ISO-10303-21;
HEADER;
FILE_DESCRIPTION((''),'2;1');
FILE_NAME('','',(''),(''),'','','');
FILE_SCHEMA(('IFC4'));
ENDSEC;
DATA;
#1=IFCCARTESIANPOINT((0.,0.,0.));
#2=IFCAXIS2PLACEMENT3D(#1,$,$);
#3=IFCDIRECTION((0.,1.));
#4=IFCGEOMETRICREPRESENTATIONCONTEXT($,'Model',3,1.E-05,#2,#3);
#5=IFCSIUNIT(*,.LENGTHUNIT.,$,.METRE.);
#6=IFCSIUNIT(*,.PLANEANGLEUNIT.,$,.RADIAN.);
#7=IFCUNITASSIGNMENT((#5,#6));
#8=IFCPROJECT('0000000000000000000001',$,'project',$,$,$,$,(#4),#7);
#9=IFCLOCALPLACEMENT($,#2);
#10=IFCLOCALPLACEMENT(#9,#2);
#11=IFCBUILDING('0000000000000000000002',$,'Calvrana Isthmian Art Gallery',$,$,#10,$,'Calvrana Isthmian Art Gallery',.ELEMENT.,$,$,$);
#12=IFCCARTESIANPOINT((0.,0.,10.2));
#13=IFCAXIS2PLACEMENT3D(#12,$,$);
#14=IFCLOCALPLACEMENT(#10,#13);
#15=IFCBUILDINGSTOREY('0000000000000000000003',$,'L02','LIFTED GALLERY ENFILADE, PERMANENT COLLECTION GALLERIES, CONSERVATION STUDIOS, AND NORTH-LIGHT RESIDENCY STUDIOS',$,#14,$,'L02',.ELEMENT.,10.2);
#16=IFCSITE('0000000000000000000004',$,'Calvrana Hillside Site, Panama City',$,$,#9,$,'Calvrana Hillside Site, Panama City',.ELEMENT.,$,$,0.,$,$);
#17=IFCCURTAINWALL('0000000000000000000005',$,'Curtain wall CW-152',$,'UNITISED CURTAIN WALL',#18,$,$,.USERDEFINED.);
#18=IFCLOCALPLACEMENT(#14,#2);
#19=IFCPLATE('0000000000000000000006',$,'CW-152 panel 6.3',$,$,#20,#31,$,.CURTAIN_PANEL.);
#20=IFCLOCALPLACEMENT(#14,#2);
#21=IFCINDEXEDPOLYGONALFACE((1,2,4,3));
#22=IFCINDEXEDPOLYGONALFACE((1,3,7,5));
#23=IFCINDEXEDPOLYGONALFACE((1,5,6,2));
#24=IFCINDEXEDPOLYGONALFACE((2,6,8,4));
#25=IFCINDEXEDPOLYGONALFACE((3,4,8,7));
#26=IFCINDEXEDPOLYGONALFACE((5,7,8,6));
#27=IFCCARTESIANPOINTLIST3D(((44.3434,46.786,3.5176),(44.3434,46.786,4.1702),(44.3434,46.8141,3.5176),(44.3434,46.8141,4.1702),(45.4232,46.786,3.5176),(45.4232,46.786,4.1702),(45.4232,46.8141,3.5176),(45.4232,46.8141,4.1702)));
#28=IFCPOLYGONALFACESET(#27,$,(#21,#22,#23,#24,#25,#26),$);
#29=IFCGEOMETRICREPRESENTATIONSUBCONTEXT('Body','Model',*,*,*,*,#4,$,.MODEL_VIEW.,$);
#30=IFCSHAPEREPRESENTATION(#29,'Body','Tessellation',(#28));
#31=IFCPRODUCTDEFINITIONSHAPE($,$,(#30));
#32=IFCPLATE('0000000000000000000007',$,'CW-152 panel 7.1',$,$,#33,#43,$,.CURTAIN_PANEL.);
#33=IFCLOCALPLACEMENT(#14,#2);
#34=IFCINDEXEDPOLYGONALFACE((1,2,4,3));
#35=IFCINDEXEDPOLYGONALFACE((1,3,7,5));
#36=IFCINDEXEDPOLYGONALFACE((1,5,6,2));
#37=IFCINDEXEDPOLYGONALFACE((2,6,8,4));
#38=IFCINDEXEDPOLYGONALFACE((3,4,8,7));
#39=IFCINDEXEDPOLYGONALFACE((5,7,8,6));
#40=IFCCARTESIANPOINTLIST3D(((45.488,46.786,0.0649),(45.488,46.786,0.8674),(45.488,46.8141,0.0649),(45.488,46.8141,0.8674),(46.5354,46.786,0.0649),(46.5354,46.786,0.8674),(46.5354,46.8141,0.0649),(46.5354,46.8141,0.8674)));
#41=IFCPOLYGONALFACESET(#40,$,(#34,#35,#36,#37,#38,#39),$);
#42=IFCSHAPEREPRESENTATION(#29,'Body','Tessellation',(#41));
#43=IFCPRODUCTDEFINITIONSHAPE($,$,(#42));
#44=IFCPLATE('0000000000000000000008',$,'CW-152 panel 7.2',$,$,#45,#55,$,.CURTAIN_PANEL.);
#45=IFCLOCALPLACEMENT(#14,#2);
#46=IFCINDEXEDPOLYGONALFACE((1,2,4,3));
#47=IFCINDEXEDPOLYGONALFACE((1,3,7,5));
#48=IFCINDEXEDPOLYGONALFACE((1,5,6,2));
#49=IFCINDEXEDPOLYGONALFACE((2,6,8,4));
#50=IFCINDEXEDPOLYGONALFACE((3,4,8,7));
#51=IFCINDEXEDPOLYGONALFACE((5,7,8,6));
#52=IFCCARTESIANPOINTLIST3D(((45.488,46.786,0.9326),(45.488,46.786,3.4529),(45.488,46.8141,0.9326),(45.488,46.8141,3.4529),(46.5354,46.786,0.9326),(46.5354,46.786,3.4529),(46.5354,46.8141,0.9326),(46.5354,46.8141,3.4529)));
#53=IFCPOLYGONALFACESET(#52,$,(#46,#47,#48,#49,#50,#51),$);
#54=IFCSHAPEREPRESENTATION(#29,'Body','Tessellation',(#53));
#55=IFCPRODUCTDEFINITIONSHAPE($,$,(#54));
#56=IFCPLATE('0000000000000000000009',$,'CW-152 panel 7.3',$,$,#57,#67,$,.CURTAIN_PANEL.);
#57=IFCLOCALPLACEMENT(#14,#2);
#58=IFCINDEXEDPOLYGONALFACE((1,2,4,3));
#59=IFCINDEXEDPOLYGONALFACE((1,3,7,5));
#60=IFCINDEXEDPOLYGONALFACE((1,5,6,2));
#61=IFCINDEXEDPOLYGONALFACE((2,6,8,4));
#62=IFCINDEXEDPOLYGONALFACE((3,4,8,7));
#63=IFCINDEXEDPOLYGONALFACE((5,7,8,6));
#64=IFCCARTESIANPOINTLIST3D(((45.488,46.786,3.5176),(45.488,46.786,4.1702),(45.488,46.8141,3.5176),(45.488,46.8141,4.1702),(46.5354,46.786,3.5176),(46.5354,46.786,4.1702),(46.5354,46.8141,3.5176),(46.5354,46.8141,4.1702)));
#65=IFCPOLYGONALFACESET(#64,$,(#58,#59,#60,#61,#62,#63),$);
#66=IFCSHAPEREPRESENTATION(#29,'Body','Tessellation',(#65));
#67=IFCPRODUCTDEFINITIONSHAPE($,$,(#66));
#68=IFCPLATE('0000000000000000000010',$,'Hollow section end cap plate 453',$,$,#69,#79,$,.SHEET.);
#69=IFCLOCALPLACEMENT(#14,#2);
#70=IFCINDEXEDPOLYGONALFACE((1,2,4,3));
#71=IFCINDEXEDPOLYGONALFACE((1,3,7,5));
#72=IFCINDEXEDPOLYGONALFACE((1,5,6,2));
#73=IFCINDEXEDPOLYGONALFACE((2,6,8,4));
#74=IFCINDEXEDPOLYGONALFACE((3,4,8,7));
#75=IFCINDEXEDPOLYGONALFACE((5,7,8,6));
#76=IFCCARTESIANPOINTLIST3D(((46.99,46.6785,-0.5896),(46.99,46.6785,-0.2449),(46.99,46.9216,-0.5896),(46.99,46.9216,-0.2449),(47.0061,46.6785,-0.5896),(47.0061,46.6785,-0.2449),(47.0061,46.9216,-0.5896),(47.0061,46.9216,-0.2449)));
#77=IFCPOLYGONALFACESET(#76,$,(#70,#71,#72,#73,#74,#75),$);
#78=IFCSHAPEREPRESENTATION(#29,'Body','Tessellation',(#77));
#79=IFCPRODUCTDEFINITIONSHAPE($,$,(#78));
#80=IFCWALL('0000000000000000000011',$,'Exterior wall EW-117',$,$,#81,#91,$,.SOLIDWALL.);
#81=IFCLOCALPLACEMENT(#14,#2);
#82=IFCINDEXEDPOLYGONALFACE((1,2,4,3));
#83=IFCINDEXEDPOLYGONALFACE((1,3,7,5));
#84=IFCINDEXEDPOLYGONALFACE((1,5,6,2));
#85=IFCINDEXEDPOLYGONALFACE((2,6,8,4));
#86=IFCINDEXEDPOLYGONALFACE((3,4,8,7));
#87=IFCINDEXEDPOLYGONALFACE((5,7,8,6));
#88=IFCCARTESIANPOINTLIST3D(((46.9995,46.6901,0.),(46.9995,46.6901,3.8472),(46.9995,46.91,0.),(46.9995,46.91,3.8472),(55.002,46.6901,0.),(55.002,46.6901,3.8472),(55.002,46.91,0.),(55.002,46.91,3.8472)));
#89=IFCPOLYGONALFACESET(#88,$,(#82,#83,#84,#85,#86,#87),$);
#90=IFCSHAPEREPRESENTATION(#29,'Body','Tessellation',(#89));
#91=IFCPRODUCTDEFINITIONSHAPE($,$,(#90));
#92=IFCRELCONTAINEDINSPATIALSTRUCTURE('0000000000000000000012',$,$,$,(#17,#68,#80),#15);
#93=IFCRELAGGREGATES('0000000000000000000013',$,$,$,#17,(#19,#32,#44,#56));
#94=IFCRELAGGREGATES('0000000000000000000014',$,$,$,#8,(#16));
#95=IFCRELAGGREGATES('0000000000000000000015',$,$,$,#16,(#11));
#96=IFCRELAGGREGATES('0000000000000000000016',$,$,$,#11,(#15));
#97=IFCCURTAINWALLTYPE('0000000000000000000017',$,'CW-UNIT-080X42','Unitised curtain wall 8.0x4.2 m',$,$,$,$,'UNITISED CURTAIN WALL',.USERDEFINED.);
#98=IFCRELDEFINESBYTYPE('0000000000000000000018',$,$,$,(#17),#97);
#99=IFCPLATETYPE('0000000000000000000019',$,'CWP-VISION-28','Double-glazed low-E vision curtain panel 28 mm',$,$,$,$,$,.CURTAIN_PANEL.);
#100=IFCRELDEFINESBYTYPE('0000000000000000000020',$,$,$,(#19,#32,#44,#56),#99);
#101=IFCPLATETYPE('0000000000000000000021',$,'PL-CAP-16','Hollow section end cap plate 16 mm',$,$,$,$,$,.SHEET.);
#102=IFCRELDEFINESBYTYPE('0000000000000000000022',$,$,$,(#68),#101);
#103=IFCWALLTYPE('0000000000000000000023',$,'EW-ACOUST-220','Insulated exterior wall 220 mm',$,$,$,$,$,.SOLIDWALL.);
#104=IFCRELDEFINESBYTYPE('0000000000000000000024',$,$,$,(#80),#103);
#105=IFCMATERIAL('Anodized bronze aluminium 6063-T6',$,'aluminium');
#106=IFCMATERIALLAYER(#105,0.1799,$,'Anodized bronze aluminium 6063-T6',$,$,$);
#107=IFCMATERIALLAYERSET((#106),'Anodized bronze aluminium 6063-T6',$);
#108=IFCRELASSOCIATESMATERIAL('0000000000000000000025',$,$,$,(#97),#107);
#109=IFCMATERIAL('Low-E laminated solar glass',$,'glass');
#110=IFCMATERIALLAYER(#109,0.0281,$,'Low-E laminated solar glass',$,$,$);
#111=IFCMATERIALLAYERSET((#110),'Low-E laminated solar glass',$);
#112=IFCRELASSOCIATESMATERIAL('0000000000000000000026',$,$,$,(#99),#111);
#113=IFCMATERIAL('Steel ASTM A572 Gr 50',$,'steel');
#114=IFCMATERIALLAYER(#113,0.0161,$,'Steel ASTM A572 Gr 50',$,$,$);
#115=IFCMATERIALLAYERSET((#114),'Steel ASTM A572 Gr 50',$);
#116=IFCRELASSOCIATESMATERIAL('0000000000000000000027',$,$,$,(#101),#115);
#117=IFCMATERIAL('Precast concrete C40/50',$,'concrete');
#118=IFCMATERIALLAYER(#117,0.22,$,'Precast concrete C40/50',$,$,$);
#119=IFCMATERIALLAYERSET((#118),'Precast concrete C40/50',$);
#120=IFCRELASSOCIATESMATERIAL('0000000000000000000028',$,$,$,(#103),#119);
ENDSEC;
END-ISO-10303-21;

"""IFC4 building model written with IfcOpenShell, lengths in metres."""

from ifc_helpers import new_model, si_unit, direction, frame, frame_2d, origin, origin_2d, place, context, subcontext, project, spatial, rectangle, extrude, material, layer, layer_set, type_object, element, aggregate, save


model = new_model("IFC4")

# Units and contexts
model_context = context("Model", 3, precision=1e-05, world=origin(), true_north=direction((0.0, 1.0)))
body_context = subcontext(model_context, "Body", "Model", "MODEL_VIEW")
ifc_project = project(units=[si_unit("LENGTHUNIT", "METRE"), si_unit("PLANEANGLEUNIT", "RADIAN")], contexts=[model_context])

# Site, building, storey
site_placement = place(None, origin())
site = spatial("IfcSite", under=ifc_project, at=site_placement, Name="Calvrana Hillside Site, Panama City", LongName="Calvrana Hillside Site, Panama City", CompositionType="ELEMENT", RefElevation=0.0)
building_placement = place(site_placement, origin())
building = spatial("IfcBuilding", under=site, at=building_placement, Name="Calvrana Isthmian Art Gallery", LongName="Calvrana Isthmian Art Gallery", CompositionType="ELEMENT")
storey_placement = place(building_placement, frame((0.0, 0.0, 10.2)))
storey = spatial("IfcBuildingStorey", under=building, at=storey_placement, Name="L02", Description="LIFTED GALLERY ENFILADE, PERMANENT COLLECTION GALLERIES, CONSERVATION STUDIOS, AND NORTH-LIGHT RESIDENCY STUDIOS", LongName="L02", CompositionType="ELEMENT", Elevation=10.2)

# Curtain wall
ifc_material_1 = material(Name="Anodized bronze aluminium 6063-T6", Category="aluminium")
ifc_layer_1 = layer(ifc_material_1, 0.1799, Name="Anodized bronze aluminium 6063-T6")
ifc_layer_set_1 = layer_set([ifc_layer_1], Name="Anodized bronze aluminium 6063-T6")
curtain_wall_type = type_object("IfcCurtainWallType", Name="CW-UNIT-080X42", Description="Unitised curtain wall 8.0x4.2 m", ElementType="UNITISED CURTAIN WALL", PredefinedType="USERDEFINED", material=ifc_layer_set_1)
curtain_wall_placement = place(storey_placement, origin())
curtain_wall = element("IfcCurtainWall", 1, at=curtain_wall_placement, inside=storey, type_object=curtain_wall_type, Name="Curtain wall CW-152", ObjectType="UNITISED CURTAIN WALL", PredefinedType="USERDEFINED")

# Plates
ifc_material_2 = material(Name="Low-E laminated solar glass", Category="glass")
ifc_layer_2 = layer(ifc_material_2, 0.0281, Name="Low-E laminated solar glass")
ifc_layer_set_2 = layer_set([ifc_layer_2], Name="Low-E laminated solar glass")
plate_type_1 = type_object("IfcPlateType", Name="CWP-VISION-28", Description="Double-glazed low-E vision curtain panel 28 mm", PredefinedType="CURTAIN_PANEL", material=ifc_layer_set_2)
plate_1_placement = place(storey_placement, frame((44.8833, 46.8, 3.5176), z_axis=(0.0, 0.0, 1.0), x_axis=(1.0, 0.0, 0.0)))
plate_1 = element("IfcPlate", 2, at=plate_1_placement, type_object=plate_type_1, Name="CW-152 panel 6.3", PredefinedType="CURTAIN_PANEL", context=body_context, shape_type="SweptSolid", body=[
    extrude(rectangle(XDim=1.0798, YDim=0.0281, at=origin_2d()), origin(), (0.0, 0.0, 1.0), 0.6526),
])
plate_2_placement = place(storey_placement, frame((46.0117, 46.8, 0.0649), z_axis=(0.0, 0.0, 1.0), x_axis=(1.0, 0.0, 0.0)))
plate_2 = element("IfcPlate", 3, at=plate_2_placement, type_object=plate_type_1, Name="CW-152 panel 7.1", PredefinedType="CURTAIN_PANEL", context=body_context, shape_type="SweptSolid", body=[
    extrude(rectangle(XDim=1.0474, YDim=0.0281, at=origin_2d()), origin(), (0.0, 0.0, 1.0), 0.8025),
])
plate_3_placement = place(storey_placement, frame((46.0117, 46.8, 0.9326), z_axis=(0.0, 0.0, 1.0), x_axis=(1.0, 0.0, 0.0)))
plate_3 = element("IfcPlate", 4, at=plate_3_placement, type_object=plate_type_1, Name="CW-152 panel 7.2", PredefinedType="CURTAIN_PANEL", context=body_context, shape_type="SweptSolid", body=[
    extrude(rectangle(XDim=1.0474, YDim=0.0281, at=origin_2d()), origin(), (0.0, 0.0, 1.0), 2.5203),
])
plate_4_placement = place(storey_placement, frame((46.0117, 46.8, 3.5176), z_axis=(0.0, 0.0, 1.0), x_axis=(1.0, 0.0, 0.0)))
plate_4 = element("IfcPlate", 5, at=plate_4_placement, type_object=plate_type_1, Name="CW-152 panel 7.3", PredefinedType="CURTAIN_PANEL", context=body_context, shape_type="SweptSolid", body=[
    extrude(rectangle(XDim=1.0474, YDim=0.0281, at=origin_2d()), origin(), (0.0, 0.0, 1.0), 0.6526),
])
aggregate(curtain_wall, [plate_1, plate_2, plate_3, plate_4])
ifc_material_3 = material(Name="Steel ASTM A572 Gr 50", Category="steel")
ifc_layer_3 = layer(ifc_material_3, 0.0161, Name="Steel ASTM A572 Gr 50")
ifc_layer_set_3 = layer_set([ifc_layer_3], Name="Steel ASTM A572 Gr 50")
plate_type_2 = type_object("IfcPlateType", Name="PL-CAP-16", Description="Hollow section end cap plate 16 mm", PredefinedType="SHEET", material=ifc_layer_set_3)
plate_5_placement = place(storey_placement, frame((46.998, 46.8, -0.5896), z_axis=(0.0, 0.0, 1.0), x_axis=(1.0, 0.0, 0.0)))
element("IfcPlate", 6, at=plate_5_placement, inside=storey, type_object=plate_type_2, Name="Hollow section end cap plate 453", PredefinedType="SHEET", context=body_context, shape_type="SweptSolid", body=[
    extrude(rectangle(XDim=0.0161, YDim=0.2432, at=origin_2d()), origin(), (0.0, 0.0, 1.0), 0.3447),
])

# Wall
ifc_material_4 = material(Name="Precast concrete C40/50", Category="concrete")
ifc_layer_4 = layer(ifc_material_4, 0.22, Name="Precast concrete C40/50")
ifc_layer_set_4 = layer_set([ifc_layer_4], Name="Precast concrete C40/50")
wall_type = type_object("IfcWallType", Name="EW-ACOUST-220", Description="Insulated exterior wall 220 mm", PredefinedType="SOLIDWALL", material=ifc_layer_set_4)
wall_placement = place(storey_placement, frame((46.9995, 46.8, 0.0), z_axis=(0.0, 0.0, 1.0), x_axis=(1.0, 0.0, 0.0)))
element("IfcWall", 7, at=wall_placement, inside=storey, type_object=wall_type, Name="Exterior wall EW-117", PredefinedType="SOLIDWALL", context=body_context, shape_type="SweptSolid", body=[
    extrude(rectangle(XDim=8.0024, YDim=0.22, at=frame_2d((4.0012, 0.0))), origin(), (0.0, 0.0, 1.0), 3.8472),
])

save(model, "model.ifc")
